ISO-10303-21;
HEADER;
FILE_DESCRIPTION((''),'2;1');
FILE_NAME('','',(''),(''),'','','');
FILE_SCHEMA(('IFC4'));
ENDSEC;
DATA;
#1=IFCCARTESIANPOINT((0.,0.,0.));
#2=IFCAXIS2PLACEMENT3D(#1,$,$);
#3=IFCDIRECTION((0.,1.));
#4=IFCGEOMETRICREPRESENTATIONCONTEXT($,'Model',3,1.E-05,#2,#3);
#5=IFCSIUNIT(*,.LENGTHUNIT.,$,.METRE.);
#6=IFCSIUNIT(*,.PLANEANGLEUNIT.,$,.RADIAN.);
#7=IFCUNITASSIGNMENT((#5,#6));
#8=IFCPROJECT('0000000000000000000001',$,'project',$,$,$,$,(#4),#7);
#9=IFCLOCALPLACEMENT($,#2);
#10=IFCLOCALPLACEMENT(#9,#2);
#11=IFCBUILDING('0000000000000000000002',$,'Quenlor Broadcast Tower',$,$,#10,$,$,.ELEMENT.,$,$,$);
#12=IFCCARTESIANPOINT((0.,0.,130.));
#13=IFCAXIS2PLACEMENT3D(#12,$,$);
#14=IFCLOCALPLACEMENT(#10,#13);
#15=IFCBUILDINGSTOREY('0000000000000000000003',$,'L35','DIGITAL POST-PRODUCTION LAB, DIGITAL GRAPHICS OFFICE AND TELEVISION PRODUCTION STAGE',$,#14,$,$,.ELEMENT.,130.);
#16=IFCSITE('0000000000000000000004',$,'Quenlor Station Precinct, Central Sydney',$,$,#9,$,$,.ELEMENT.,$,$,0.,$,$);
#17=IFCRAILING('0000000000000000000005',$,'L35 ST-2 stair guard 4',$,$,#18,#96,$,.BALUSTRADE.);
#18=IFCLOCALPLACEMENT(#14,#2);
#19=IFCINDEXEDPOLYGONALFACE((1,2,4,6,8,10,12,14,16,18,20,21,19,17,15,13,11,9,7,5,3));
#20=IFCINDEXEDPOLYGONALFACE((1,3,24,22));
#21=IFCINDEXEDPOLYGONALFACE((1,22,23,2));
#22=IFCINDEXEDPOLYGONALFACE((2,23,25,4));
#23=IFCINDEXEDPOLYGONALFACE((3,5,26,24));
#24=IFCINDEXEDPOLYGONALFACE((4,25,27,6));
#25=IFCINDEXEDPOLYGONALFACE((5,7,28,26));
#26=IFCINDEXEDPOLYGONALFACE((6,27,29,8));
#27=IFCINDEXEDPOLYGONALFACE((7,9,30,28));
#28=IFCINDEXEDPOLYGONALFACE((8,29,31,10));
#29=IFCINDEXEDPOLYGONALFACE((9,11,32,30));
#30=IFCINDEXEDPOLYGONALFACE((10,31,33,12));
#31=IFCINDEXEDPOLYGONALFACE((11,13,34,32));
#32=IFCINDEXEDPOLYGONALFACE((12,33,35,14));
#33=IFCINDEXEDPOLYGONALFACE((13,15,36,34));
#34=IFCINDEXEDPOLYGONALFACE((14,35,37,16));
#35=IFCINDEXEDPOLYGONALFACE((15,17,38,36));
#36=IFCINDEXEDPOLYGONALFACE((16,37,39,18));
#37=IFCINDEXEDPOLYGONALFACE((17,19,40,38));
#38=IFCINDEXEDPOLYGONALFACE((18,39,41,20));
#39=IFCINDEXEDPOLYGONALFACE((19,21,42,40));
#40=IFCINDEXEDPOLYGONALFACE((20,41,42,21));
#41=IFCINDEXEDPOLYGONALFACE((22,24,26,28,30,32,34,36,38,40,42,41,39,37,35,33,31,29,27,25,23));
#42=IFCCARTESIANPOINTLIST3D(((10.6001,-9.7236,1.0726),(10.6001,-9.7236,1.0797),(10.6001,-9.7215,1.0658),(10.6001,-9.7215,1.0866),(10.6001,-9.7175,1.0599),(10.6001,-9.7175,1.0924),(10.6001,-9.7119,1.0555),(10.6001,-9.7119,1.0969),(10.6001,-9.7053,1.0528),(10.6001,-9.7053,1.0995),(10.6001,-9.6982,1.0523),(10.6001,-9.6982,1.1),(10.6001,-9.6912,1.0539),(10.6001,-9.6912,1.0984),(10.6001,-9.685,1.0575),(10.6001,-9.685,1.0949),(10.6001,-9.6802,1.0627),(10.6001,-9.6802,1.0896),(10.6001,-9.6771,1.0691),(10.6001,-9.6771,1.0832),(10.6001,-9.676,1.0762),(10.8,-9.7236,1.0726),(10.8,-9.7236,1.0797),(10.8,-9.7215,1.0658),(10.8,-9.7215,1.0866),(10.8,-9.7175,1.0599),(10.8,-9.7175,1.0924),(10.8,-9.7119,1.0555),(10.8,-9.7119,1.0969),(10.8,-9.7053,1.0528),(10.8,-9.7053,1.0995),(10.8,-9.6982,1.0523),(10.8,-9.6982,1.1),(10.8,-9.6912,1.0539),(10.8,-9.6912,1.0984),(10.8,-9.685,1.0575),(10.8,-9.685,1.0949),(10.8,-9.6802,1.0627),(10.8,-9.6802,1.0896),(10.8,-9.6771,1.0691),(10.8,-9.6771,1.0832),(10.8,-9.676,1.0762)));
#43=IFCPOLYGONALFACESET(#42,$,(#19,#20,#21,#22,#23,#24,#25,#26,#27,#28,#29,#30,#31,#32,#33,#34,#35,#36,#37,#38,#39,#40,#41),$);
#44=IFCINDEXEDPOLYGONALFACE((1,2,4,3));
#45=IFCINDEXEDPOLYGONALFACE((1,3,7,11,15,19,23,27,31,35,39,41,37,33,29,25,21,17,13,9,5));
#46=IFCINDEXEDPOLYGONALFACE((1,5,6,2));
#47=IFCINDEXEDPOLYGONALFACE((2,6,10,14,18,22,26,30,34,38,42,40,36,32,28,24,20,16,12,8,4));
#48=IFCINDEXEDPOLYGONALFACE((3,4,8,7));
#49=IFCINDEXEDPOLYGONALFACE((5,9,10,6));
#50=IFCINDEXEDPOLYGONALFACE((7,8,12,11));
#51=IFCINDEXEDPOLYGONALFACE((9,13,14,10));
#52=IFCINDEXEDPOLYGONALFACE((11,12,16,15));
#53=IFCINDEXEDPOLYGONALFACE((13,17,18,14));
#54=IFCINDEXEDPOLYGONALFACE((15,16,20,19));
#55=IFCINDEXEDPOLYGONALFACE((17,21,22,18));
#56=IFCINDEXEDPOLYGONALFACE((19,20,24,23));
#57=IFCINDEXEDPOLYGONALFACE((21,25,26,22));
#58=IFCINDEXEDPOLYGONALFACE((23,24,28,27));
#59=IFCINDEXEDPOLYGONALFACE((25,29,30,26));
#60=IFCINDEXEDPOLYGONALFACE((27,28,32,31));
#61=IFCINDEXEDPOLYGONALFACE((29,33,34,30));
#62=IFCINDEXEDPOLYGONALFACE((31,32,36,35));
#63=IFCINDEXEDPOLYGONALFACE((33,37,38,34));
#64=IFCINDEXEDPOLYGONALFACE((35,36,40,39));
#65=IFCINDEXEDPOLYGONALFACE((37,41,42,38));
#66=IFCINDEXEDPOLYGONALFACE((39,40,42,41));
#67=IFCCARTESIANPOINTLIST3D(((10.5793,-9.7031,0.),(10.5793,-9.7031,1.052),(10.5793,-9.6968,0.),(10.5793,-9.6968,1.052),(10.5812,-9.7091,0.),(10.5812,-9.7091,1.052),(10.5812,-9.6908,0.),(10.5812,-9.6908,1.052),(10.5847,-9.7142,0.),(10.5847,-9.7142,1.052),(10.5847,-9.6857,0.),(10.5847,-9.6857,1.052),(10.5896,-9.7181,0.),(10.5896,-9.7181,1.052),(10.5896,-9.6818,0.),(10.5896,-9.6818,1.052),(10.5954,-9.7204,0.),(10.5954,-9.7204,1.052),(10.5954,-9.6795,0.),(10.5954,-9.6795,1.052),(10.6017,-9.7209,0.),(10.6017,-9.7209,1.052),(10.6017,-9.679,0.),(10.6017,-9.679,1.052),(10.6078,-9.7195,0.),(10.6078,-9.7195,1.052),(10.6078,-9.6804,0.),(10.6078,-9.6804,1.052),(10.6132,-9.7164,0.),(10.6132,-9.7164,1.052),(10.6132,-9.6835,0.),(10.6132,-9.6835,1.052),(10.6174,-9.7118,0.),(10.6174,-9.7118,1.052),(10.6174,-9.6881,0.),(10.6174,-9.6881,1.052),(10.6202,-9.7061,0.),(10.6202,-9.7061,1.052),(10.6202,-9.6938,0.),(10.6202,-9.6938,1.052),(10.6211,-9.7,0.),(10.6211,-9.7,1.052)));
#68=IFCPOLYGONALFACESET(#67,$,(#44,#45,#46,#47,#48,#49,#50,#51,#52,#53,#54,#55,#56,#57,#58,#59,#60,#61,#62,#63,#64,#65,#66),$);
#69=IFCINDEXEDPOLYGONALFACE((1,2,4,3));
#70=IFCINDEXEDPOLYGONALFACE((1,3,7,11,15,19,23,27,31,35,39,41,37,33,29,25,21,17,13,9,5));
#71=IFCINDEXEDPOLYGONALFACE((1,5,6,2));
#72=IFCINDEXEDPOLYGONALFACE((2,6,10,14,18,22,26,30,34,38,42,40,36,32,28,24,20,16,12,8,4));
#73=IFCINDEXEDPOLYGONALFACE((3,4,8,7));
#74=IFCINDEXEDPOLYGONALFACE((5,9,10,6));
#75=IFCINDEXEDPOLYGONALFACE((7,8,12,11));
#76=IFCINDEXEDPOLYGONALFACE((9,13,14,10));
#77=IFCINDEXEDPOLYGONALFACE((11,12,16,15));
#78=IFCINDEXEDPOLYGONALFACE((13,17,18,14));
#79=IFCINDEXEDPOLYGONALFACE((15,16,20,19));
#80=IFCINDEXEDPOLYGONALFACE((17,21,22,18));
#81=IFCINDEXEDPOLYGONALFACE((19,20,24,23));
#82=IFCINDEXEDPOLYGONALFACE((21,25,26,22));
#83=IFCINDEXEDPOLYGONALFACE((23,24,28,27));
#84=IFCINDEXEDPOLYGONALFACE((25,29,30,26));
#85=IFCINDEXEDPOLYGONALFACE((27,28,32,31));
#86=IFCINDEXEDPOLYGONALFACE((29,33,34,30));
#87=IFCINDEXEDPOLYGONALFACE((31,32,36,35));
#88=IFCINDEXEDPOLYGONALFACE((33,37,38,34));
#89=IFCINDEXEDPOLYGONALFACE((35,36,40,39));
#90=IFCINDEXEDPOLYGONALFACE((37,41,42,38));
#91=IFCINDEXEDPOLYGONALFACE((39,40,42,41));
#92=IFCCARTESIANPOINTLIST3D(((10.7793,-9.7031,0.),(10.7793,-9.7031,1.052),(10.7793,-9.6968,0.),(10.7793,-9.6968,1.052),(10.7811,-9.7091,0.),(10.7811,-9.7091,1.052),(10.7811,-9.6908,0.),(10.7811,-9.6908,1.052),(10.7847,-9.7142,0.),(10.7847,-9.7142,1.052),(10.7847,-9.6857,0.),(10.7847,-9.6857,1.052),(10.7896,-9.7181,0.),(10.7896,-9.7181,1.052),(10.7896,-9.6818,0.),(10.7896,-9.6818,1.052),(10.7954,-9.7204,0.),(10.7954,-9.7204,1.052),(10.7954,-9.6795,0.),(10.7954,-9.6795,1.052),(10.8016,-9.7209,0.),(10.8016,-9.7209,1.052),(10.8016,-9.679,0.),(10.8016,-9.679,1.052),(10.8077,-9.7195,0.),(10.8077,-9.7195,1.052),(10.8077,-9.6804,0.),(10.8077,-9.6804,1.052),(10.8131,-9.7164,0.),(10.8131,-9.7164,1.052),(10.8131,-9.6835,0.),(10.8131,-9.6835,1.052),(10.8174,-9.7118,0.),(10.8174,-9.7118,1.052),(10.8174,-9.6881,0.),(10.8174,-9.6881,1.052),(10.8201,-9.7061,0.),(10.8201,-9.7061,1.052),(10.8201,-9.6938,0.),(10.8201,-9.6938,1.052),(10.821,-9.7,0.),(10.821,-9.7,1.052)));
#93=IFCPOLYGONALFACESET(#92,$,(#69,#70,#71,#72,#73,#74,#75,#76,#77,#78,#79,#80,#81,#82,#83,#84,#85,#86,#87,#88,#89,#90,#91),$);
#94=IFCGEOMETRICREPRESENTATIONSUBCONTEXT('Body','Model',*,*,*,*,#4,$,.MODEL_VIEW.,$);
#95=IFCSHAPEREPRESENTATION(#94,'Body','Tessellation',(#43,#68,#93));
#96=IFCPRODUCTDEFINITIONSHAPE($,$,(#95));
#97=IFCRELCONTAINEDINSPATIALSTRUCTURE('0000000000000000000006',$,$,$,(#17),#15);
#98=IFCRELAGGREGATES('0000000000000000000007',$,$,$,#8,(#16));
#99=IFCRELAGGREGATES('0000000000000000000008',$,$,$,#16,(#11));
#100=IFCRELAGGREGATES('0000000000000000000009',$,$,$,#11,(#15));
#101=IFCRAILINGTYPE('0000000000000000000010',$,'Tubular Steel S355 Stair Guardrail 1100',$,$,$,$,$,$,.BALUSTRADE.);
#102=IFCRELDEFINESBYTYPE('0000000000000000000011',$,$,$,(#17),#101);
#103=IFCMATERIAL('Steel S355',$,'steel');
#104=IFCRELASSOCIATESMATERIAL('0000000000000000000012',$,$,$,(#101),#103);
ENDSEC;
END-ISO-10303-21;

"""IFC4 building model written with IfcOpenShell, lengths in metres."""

from ifc_helpers import new_model, si_unit, direction, frame, origin, origin_2d, place, context, subcontext, project, spatial, circle, extrude, material, type_object, element, save


model = new_model("IFC4")

# Units and contexts
model_context = context("Model", 3, precision=1e-05, world=origin(), true_north=direction((0.0, 1.0)))
body_context = subcontext(model_context, "Body", "Model", "MODEL_VIEW")
ifc_project = project(units=[si_unit("LENGTHUNIT", "METRE"), si_unit("PLANEANGLEUNIT", "RADIAN")], contexts=[model_context])

# Site, building, storey
site_placement = place(None, origin())
site = spatial("IfcSite", under=ifc_project, at=site_placement, Name="Quenlor Station Precinct, Central Sydney", CompositionType="ELEMENT", RefElevation=0.0)
building_placement = place(site_placement, origin())
building = spatial("IfcBuilding", under=site, at=building_placement, Name="Quenlor Broadcast Tower", CompositionType="ELEMENT")
storey_placement = place(building_placement, frame((0.0, 0.0, 130.0)))
storey = spatial("IfcBuildingStorey", under=building, at=storey_placement, Name="L35", Description="DIGITAL POST-PRODUCTION LAB, DIGITAL GRAPHICS OFFICE AND TELEVISION PRODUCTION STAGE", CompositionType="ELEMENT", Elevation=130.0)

# Railing
ifc_material_1 = material(Name="Steel S355", Category="steel")
railing_type = type_object("IfcRailingType", Name="Tubular Steel S355 Stair Guardrail 1100", PredefinedType="BALUSTRADE", material=ifc_material_1)
railing_1_placement = place(storey_placement, frame((10.6001, -9.7, 0.0)))
element("IfcRailing", 1, at=railing_1_placement, inside=storey, type_object=railing_type, Name="L35 ST-2 stair guard 4", PredefinedType="BALUSTRADE", context=body_context, shape_type="SweptSolid", body=[
    extrude(circle(Radius=0.0239, at=origin_2d()), frame((0.0, 0.0, 1.0762), z_axis=(1.0, 0.0, 0.0), x_axis=(0.0, 1.0, 0.0)), (0.0, 0.0, 1.0), 0.2),
    extrude(circle(Radius=0.021, at=origin_2d()), origin(), (0.0, 0.0, 1.0), 1.052),
    extrude(circle(Radius=0.021, at=origin_2d()), frame((0.2, 0.0, 0.0)), (0.0, 0.0, 1.0), 1.052),
])

save(model, "model.ifc")
